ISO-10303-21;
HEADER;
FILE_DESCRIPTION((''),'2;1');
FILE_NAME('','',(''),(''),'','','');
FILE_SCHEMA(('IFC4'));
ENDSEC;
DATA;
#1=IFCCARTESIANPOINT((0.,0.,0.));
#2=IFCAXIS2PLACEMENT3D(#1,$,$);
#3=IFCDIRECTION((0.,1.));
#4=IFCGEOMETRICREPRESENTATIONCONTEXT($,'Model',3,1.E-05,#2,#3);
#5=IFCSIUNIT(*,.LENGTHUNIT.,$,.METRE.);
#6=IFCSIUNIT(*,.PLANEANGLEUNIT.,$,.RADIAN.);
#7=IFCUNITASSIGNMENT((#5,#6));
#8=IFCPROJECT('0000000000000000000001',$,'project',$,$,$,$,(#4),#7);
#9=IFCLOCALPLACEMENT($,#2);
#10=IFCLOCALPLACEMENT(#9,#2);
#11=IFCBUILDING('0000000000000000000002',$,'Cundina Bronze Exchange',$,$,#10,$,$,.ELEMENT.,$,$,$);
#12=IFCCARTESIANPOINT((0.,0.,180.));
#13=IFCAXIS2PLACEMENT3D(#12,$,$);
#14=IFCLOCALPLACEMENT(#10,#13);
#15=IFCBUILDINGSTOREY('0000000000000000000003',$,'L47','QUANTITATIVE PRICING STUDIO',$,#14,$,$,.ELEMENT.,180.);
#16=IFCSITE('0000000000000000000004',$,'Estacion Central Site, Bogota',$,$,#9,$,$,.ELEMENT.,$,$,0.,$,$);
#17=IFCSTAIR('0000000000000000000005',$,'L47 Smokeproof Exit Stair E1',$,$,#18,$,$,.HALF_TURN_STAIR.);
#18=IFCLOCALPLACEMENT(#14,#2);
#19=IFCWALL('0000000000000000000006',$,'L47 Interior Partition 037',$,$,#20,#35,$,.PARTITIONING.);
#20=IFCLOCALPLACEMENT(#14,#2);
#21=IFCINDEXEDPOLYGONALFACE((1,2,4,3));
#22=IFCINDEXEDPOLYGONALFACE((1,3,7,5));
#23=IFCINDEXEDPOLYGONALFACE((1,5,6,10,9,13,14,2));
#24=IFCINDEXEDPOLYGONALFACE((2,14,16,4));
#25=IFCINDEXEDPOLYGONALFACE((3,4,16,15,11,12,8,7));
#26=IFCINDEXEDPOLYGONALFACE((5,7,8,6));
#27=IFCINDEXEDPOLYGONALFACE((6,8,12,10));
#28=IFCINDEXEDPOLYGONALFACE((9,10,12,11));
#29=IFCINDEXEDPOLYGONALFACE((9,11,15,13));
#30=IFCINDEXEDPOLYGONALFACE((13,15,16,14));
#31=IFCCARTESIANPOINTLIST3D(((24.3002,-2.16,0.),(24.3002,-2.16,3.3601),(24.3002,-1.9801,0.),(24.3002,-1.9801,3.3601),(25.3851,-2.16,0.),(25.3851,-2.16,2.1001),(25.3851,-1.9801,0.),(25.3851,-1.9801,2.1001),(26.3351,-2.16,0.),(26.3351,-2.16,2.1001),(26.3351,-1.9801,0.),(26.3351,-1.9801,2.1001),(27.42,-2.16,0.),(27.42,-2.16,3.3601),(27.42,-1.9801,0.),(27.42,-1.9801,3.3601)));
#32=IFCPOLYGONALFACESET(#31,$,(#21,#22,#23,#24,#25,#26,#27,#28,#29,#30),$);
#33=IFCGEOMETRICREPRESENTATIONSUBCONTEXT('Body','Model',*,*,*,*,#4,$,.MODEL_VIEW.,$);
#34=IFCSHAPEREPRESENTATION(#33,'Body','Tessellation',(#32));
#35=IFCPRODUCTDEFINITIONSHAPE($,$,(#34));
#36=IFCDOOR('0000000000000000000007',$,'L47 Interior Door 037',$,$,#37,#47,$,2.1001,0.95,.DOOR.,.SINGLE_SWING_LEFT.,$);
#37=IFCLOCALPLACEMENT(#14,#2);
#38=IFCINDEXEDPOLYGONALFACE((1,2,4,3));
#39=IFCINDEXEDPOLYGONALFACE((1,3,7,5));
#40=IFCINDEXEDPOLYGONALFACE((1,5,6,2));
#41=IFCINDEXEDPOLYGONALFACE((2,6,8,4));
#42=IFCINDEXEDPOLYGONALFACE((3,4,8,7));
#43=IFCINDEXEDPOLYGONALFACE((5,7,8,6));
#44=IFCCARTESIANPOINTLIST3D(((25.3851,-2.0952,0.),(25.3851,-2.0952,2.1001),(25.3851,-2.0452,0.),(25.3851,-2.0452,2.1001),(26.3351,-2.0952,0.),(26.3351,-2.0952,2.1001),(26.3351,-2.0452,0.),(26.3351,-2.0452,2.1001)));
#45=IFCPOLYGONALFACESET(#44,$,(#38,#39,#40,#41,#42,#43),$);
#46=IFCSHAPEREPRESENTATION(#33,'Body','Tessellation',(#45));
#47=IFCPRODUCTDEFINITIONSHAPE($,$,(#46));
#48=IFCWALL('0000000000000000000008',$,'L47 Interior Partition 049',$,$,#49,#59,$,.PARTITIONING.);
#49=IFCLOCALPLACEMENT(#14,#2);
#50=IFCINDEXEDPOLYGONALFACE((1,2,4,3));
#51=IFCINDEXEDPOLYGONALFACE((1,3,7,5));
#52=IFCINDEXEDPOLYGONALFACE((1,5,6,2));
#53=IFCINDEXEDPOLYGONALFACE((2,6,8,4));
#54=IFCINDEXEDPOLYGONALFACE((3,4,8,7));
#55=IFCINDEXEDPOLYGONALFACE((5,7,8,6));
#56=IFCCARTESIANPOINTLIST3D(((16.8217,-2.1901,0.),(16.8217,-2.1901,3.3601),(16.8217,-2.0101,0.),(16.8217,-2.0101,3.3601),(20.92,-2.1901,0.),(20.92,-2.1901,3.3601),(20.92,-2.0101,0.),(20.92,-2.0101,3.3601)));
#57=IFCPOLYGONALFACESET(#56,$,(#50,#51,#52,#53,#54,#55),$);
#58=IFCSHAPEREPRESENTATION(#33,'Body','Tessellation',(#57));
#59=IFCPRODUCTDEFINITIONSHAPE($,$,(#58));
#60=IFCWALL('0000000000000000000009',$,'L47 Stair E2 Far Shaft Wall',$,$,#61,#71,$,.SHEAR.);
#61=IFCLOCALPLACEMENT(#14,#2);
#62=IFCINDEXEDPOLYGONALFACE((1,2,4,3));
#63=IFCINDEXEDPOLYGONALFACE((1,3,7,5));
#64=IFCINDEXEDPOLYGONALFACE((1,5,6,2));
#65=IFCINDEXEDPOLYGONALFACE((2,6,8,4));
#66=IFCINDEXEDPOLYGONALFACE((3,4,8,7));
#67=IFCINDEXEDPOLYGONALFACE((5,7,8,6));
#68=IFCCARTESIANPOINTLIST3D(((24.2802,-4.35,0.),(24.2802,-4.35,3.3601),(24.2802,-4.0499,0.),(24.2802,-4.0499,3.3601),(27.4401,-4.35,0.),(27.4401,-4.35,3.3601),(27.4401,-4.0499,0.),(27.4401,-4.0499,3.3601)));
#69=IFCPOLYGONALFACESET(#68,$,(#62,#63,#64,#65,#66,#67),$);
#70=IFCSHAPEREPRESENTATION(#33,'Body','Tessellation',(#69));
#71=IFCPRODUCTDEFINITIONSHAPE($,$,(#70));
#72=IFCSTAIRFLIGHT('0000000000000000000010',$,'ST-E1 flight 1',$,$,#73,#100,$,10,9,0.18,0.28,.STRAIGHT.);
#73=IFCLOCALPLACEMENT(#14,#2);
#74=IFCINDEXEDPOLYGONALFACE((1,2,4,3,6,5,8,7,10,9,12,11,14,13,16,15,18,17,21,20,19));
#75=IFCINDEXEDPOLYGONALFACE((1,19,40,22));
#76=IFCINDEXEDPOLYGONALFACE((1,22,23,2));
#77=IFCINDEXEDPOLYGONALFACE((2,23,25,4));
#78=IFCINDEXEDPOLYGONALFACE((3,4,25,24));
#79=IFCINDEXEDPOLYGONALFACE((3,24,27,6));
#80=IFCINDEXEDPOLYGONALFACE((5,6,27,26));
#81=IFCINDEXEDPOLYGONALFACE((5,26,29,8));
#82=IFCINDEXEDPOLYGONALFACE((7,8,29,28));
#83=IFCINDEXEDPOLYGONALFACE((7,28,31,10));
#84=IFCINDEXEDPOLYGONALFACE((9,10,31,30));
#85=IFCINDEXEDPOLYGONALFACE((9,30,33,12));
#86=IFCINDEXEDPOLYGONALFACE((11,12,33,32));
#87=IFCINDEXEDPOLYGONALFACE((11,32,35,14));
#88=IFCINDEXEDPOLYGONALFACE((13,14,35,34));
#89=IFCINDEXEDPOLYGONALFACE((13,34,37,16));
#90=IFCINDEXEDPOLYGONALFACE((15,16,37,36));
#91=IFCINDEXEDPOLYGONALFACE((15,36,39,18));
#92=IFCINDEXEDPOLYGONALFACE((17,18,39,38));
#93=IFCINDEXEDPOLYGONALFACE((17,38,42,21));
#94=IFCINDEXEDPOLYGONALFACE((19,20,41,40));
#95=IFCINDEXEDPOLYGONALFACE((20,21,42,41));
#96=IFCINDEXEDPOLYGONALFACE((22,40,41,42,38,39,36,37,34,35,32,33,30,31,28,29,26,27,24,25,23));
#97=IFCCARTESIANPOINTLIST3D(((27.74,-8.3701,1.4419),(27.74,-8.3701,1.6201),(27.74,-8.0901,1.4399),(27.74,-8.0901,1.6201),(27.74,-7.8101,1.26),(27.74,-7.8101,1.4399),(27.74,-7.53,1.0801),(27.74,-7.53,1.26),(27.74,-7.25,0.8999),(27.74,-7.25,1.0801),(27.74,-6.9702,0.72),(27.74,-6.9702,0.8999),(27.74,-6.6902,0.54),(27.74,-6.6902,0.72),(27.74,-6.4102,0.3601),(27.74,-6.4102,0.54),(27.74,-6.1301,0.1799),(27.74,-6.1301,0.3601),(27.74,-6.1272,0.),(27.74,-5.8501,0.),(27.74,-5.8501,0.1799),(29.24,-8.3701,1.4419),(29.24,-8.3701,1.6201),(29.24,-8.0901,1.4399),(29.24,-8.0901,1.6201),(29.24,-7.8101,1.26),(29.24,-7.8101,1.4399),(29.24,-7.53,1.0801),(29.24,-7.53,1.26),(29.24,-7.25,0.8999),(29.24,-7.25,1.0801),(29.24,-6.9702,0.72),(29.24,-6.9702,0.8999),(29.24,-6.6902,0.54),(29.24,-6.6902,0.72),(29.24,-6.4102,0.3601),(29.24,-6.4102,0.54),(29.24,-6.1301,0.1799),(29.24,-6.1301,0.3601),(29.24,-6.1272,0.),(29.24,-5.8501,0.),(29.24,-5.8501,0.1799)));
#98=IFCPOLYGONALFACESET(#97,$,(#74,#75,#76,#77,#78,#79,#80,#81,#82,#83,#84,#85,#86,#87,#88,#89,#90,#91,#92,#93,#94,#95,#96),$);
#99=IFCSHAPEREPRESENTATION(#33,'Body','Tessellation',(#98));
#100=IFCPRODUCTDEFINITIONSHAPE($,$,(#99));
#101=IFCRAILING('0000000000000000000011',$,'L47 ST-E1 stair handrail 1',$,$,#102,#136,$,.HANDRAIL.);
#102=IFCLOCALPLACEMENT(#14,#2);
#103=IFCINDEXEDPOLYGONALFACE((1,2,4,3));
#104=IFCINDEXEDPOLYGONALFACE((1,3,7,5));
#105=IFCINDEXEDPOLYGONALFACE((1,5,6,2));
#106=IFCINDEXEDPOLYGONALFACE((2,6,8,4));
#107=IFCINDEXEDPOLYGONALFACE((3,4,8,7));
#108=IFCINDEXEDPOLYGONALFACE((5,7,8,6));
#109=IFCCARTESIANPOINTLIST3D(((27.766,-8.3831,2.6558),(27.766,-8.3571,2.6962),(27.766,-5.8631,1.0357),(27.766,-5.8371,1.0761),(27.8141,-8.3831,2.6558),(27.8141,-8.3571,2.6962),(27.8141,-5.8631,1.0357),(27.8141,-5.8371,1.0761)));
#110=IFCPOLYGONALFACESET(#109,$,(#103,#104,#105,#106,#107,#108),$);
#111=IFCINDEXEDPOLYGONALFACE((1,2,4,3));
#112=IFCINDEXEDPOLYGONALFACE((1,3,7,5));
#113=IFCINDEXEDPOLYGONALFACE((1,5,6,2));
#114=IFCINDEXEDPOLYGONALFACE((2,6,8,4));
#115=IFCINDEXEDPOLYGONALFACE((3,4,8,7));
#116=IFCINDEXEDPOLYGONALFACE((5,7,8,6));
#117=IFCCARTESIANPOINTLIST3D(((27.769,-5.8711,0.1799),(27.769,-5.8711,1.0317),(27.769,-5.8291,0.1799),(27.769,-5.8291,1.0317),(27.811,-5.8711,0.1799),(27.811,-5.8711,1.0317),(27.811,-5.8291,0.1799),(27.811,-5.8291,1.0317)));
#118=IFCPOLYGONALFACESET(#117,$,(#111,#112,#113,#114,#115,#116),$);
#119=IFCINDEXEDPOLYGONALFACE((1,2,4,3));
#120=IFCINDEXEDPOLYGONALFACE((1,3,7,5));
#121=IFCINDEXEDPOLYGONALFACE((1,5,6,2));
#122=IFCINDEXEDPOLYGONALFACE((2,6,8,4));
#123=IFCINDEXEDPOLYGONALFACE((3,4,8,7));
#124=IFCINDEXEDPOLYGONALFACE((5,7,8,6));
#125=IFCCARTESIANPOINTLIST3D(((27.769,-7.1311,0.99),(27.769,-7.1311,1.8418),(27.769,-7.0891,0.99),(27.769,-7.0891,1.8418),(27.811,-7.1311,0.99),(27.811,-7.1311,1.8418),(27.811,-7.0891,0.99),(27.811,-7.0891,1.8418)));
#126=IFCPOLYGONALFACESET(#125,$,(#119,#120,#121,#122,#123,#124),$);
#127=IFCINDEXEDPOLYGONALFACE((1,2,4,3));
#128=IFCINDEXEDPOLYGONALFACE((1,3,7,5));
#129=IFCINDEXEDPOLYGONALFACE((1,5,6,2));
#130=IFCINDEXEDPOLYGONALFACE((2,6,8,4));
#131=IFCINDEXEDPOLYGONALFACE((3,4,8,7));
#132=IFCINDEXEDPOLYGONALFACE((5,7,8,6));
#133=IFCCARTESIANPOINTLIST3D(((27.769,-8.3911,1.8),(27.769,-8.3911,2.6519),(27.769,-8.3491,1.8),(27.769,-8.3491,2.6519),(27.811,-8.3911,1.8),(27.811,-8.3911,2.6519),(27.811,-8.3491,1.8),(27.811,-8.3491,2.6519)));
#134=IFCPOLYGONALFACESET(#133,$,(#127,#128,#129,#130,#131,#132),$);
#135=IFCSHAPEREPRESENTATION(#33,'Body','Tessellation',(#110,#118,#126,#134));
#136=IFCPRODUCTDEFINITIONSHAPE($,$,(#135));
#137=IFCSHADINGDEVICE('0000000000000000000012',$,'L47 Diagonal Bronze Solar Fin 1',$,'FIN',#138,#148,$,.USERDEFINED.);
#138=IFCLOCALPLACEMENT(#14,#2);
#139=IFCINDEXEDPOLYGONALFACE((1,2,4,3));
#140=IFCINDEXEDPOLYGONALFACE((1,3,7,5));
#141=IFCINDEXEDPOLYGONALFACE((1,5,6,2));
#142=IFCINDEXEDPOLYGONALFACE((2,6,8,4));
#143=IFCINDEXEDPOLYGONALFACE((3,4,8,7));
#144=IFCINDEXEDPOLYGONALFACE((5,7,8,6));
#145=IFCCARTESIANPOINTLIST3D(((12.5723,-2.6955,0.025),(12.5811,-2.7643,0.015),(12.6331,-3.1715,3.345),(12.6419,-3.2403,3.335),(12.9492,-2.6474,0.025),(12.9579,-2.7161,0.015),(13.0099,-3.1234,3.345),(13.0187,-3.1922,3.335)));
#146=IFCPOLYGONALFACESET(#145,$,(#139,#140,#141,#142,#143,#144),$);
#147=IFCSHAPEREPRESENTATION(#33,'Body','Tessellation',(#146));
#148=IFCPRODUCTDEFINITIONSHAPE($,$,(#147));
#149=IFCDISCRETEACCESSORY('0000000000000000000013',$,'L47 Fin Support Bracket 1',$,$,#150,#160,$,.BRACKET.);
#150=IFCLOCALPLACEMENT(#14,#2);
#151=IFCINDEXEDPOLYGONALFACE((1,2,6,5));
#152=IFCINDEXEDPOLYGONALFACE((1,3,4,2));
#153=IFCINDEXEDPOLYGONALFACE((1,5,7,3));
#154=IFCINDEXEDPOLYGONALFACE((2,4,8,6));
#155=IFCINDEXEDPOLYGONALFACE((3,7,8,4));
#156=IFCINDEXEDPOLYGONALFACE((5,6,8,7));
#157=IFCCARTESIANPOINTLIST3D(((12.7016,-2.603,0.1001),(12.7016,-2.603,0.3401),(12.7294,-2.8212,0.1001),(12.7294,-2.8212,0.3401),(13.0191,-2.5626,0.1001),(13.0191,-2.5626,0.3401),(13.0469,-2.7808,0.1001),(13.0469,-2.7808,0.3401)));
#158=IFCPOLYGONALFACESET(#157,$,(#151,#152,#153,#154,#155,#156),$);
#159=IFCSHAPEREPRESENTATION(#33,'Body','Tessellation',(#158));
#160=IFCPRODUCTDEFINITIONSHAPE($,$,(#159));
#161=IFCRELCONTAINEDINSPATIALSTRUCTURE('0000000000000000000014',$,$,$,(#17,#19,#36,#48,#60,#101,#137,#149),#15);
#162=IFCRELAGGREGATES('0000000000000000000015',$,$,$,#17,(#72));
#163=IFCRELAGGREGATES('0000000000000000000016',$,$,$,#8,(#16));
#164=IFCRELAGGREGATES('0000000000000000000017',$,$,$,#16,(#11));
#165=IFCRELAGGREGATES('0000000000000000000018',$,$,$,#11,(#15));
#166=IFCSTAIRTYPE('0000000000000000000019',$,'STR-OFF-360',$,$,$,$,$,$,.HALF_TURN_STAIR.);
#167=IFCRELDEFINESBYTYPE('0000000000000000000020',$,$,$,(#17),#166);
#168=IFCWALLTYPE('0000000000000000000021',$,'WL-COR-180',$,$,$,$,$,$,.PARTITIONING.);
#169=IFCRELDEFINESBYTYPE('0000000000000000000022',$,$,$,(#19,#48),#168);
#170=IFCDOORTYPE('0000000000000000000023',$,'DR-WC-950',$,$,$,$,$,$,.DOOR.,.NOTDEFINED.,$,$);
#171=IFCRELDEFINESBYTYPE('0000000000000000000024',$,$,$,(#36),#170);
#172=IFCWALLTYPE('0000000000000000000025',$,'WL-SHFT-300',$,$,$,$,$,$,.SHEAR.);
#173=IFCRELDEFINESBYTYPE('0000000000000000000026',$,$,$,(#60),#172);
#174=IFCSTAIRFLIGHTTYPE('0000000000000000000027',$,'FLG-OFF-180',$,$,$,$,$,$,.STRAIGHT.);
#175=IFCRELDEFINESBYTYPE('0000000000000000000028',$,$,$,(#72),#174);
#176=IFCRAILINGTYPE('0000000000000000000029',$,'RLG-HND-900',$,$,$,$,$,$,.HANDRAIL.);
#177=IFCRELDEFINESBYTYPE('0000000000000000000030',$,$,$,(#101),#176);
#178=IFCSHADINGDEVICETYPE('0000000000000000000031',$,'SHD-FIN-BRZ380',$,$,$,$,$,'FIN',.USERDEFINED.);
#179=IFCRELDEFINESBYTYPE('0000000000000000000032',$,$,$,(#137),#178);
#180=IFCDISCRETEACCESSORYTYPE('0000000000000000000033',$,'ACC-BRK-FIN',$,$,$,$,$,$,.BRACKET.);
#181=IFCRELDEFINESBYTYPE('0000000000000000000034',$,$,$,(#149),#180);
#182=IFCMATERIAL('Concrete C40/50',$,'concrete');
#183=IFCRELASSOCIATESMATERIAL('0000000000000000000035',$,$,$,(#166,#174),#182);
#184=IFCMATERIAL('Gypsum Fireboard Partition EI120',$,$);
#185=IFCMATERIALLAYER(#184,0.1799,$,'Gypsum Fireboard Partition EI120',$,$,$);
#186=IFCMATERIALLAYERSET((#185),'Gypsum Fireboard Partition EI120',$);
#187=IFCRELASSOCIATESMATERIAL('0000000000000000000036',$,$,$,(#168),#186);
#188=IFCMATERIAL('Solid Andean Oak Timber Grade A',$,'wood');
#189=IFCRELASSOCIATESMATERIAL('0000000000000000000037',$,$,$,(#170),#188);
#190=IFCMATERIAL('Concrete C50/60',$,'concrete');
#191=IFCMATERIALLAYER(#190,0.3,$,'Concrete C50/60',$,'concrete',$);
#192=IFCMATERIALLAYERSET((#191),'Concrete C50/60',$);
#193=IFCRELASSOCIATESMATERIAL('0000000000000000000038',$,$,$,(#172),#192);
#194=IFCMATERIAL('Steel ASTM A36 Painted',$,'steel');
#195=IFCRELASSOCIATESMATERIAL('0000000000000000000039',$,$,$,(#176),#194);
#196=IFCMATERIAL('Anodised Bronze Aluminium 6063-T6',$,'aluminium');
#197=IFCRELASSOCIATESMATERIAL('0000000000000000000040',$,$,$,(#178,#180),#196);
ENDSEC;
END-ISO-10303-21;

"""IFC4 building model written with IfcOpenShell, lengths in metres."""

from ifc_helpers import new_model, si_unit, direction, frame, frame_2d, origin, origin_2d, place, context, subcontext, project, spatial, polyline, rectangle, outline, extrude, material, layer, layer_set, material_profile, profile_set, type_object, element, fill, aggregate, save


model = new_model("IFC4")

# Units and contexts
model_context = context("Model", 3, precision=1e-05, world=origin(), true_north=direction((0.0, 1.0)))
body_context = subcontext(model_context, "Body", "Model", "MODEL_VIEW")
ifc_project = project(units=[si_unit("LENGTHUNIT", "METRE"), si_unit("PLANEANGLEUNIT", "RADIAN")], contexts=[model_context])

# Site, building, storey
site_placement = place(None, origin())
site = spatial("IfcSite", under=ifc_project, at=site_placement, Name="Estacion Central Site, Bogota", CompositionType="ELEMENT", RefElevation=0.0)
building_placement = place(site_placement, origin())
building = spatial("IfcBuilding", under=site, at=building_placement, Name="Cundina Bronze Exchange", CompositionType="ELEMENT")
storey_placement = place(building_placement, frame((0.0, 0.0, 180.0)))
storey = spatial("IfcBuildingStorey", under=building, at=storey_placement, Name="L47", Description="QUANTITATIVE PRICING STUDIO", CompositionType="ELEMENT", Elevation=180.0)

# Shared definitions
ifc_material_1 = material(Name="Concrete C50/60", Category="concrete")

# Shared definitions
ifc_material_2 = material(Name="Anodised Bronze Aluminium 6063-T6", Category="aluminium")

# Stair
ifc_material_3 = material(Name="Concrete C40/50", Category="concrete")
stair_type = type_object("IfcStairType", Name="STR-OFF-360", PredefinedType="HALF_TURN_STAIR", material=ifc_material_3)
stair_1_placement = place(storey_placement, origin())
stair_1 = element("IfcStair", 1, at=stair_1_placement, inside=storey, type_object=stair_type, Name="L47 Smokeproof Exit Stair E1", PredefinedType="HALF_TURN_STAIR")

# Wall, opening, door
ifc_material_4 = material(Name="Gypsum Fireboard Partition EI120")
ifc_layer_1 = layer(ifc_material_4, 0.1799, Name="Gypsum Fireboard Partition EI120")
ifc_layer_set_1 = layer_set([ifc_layer_1], Name="Gypsum Fireboard Partition EI120")
wall_type_1 = type_object("IfcWallType", Name="WL-COR-180", PredefinedType="PARTITIONING", material=ifc_layer_set_1)
ifc_material_5 = material(Name="Steel ASTM A36 Painted", Category="steel")
wall_1_placement = place(storey_placement, frame((24.3, -2.0701, 0.0), z_axis=(0.0, 0.0, 1.0), x_axis=(1.0, 0.0, 0.0)))
wall_1 = element("IfcWall", 2, at=wall_1_placement, inside=storey, type_object=wall_type_1, Name="L47 Interior Partition 037", PredefinedType="PARTITIONING", context=body_context, shape_type="SweptSolid", body=[
    extrude(rectangle(XDim=3.1199, YDim=0.1799, at=frame_2d((1.5601, 0.0))), origin(), (0.0, 0.0, 1.0), 3.3601),
])
opening_1_placement = place(wall_1_placement, frame((1.085, 0.0, 0.0)))
opening_1 = element("IfcOpeningElement", 3, at=opening_1_placement, cuts=wall_1, PredefinedType="OPENING", context=body_context, shape_type="SweptSolid", body=[
    extrude(rectangle(XDim=0.95, YDim=2.1001, at=frame_2d((0.4751, 1.05))), frame((0.0, 0.0999, 0.0), z_axis=(0.0, -1.0, 0.0), x_axis=(1.0, 0.0, 0.0)), (0.0, 0.0, 1.0), 0.2),
])
ifc_material_6 = material(Name="Solid Andean Oak Timber Grade A", Category="wood")
door_type_1 = type_object("IfcDoorType", Name="DR-WC-950", OperationType="NOTDEFINED", PredefinedType="DOOR", material=ifc_material_6)
door_1_placement = place(opening_1_placement, origin())
door_1 = element("IfcDoor", 4, at=door_1_placement, inside=storey, type_object=door_type_1, Name="L47 Interior Door 037", OperationType="SINGLE_SWING_LEFT", OverallHeight=2.1001, OverallWidth=0.95, PredefinedType="DOOR", context=body_context, shape_type="SweptSolid", body=[
    extrude(rectangle(XDim=0.95, YDim=2.1001, at=frame_2d((0.4751, 1.05))), frame((0.0, 0.0249, 0.0), z_axis=(0.0, -1.0, 0.0), x_axis=(1.0, 0.0, 0.0)), (0.0, 0.0, 1.0), 0.05),
])
fill(opening_1, door_1)

# Wall
wall_2_placement = place(storey_placement, frame((16.8215, -2.1001, 0.0), z_axis=(0.0, 0.0, 1.0), x_axis=(1.0, 0.0, 0.0)))
element("IfcWall", 5, at=wall_2_placement, inside=storey, type_object=wall_type_1, Name="L47 Interior Partition 049", PredefinedType="PARTITIONING", context=body_context, shape_type="SweptSolid", body=[
    extrude(rectangle(XDim=4.0984, YDim=0.1799, at=frame_2d((2.0493, 0.0))), origin(), (0.0, 0.0, 1.0), 3.3601),
])

# Shared definitions
ifc_layer_2 = layer(ifc_material_1, 0.3, Name="Concrete C50/60", Category="concrete")
ifc_layer_set_2 = layer_set([ifc_layer_2], Name="Concrete C50/60")
wall_type_2 = type_object("IfcWallType", Name="WL-SHFT-300", PredefinedType="SHEAR", material=ifc_layer_set_2)

# Wall
wall_3_placement = place(storey_placement, frame((24.28, -4.2, 0.0), z_axis=(0.0, 0.0, 1.0), x_axis=(1.0, 0.0, 0.0)))
element("IfcWall", 6, at=wall_3_placement, inside=storey, type_object=wall_type_2, Name="L47 Stair E2 Far Shaft Wall", PredefinedType="SHEAR", context=body_context, shape_type="SweptSolid", body=[
    extrude(rectangle(XDim=3.1599, YDim=0.3, at=frame_2d((1.5801, 0.0))), origin(), (0.0, 0.0, 1.0), 3.3601),
])

# Stair flight
stair_flight_type = type_object("IfcStairFlightType", Name="FLG-OFF-180", PredefinedType="STRAIGHT", material=ifc_material_3)
stair_flight_placement = place(storey_placement, frame((28.49, -5.8501, 0.0), z_axis=(0.0, 0.0, 1.0), x_axis=(0.0, -1.0, 0.0)))
stair_flight = element("IfcStairFlight", 7, at=stair_flight_placement, type_object=stair_flight_type, Name="ST-E1 flight 1", NumberOfRisers=10, NumberOfTreads=9, PredefinedType="STRAIGHT", RiserHeight=0.18, TreadLength=0.28, context=body_context, shape_type="SweptSolid", body=[
    extrude(outline(polyline([(0.0, 0.0), (0.0, 0.1799), (0.28, 0.1799), (0.28, 0.3601), (0.5601, 0.3601), (0.5601, 0.54), (0.8401, 0.54), (0.8401, 0.72), (1.1201, 0.72), (1.1201, 0.8999), (1.3999, 0.8999), (1.3999, 1.0801), (1.6799, 1.0801), (1.6799, 1.26), (1.96, 1.26), (1.96, 1.4399), (2.24, 1.4399), (2.24, 1.6201), (2.52, 1.6201), (2.52, 1.8), (2.52, 1.4419), (0.2771, 0.0), (0.0, 0.0)])), frame((0.0, 0.75, 0.0), z_axis=(0.0, -1.0, 0.0), x_axis=(1.0, 0.0, 0.0)), (0.0, 0.0, 1.0), 1.5),
])
aggregate(stair_1, [stair_flight])

# Railing
railing_type = type_object("IfcRailingType", Name="RLG-HND-900", PredefinedType="HANDRAIL", material=ifc_material_5)
railing_placement = place(storey_placement, frame((27.79, -5.8501, 0.1799)))
element("IfcRailing", 8, at=railing_placement, inside=storey, type_object=railing_type, Name="L47 ST-E1 stair handrail 1", PredefinedType="HANDRAIL", context=body_context, shape_type="SweptSolid", body=[
    extrude(rectangle(XDim=0.0481, YDim=0.0481, at=origin_2d()), frame((0.0, 0.0, 0.876), z_axis=(0.0, -0.841163, 0.540782), x_axis=(1.0, 0.0, 0.0)), (0.0, 0.0, 1.0), 2.9958),
    extrude(rectangle(XDim=0.042, YDim=0.042, at=origin_2d()), origin(), (0.0, 0.0, 1.0), 0.8518),
    extrude(rectangle(XDim=0.042, YDim=0.042, at=origin_2d()), frame((0.0, -1.26, 0.8101)), (0.0, 0.0, 1.0), 0.8518),
    extrude(rectangle(XDim=0.042, YDim=0.042, at=origin_2d()), frame((0.0, -2.52, 1.6201)), (0.0, 0.0, 1.0), 0.8518),
])

# Shading device
ifc_material_profile_1 = material_profile(ifc_material_2, rectangle(XDim=0.0701, YDim=0.3799, at=origin_2d()), Name="FIN70X380", Category="aluminium")
ifc_profile_set_1 = profile_set([ifc_material_profile_1], Name="Anodised Bronze Aluminium 6063-T6")
shading_device_type = type_object("IfcShadingDeviceType", Name="SHD-FIN-BRZ380", ElementType="FIN", PredefinedType="USERDEFINED", material=ifc_profile_set_1)
shading_device_placement = place(storey_placement, frame((12.7651, -2.7058, 0.02), z_axis=(0.018122, -0.141918, 0.989713), x_axis=(-0.125361, 0.981741, 0.14307)))
element("IfcShadingDevice", 9, at=shading_device_placement, inside=storey, type_object=shading_device_type, Name="L47 Diagonal Bronze Solar Fin 1", ObjectType="FIN", PredefinedType="USERDEFINED", context=body_context, shape_type="SweptSolid", body=[
    extrude(rectangle(XDim=0.0701, YDim=0.3799, at=origin_2d()), origin(), (0.0, 0.0, 1.0), 3.3545),
])

# Discrete accessory
discrete_accessory_type = type_object("IfcDiscreteAccessoryType", Name="ACC-BRK-FIN", PredefinedType="BRACKET", material=ifc_material_2)
discrete_accessory_placement = place(storey_placement, frame((12.8743, -2.6919, 0.1001), z_axis=(0.0, 0.0, 1.0), x_axis=(0.126476, -0.99197, 0.0)))
element("IfcDiscreteAccessory", 10, at=discrete_accessory_placement, inside=storey, type_object=discrete_accessory_type, Name="L47 Fin Support Bracket 1", PredefinedType="BRACKET", context=body_context, shape_type="SweptSolid", body=[
    extrude(rectangle(XDim=0.22, YDim=0.3201, at=origin_2d()), origin(), (0.0, 0.0, 1.0), 0.24),
])

save(model, "model.ifc")
